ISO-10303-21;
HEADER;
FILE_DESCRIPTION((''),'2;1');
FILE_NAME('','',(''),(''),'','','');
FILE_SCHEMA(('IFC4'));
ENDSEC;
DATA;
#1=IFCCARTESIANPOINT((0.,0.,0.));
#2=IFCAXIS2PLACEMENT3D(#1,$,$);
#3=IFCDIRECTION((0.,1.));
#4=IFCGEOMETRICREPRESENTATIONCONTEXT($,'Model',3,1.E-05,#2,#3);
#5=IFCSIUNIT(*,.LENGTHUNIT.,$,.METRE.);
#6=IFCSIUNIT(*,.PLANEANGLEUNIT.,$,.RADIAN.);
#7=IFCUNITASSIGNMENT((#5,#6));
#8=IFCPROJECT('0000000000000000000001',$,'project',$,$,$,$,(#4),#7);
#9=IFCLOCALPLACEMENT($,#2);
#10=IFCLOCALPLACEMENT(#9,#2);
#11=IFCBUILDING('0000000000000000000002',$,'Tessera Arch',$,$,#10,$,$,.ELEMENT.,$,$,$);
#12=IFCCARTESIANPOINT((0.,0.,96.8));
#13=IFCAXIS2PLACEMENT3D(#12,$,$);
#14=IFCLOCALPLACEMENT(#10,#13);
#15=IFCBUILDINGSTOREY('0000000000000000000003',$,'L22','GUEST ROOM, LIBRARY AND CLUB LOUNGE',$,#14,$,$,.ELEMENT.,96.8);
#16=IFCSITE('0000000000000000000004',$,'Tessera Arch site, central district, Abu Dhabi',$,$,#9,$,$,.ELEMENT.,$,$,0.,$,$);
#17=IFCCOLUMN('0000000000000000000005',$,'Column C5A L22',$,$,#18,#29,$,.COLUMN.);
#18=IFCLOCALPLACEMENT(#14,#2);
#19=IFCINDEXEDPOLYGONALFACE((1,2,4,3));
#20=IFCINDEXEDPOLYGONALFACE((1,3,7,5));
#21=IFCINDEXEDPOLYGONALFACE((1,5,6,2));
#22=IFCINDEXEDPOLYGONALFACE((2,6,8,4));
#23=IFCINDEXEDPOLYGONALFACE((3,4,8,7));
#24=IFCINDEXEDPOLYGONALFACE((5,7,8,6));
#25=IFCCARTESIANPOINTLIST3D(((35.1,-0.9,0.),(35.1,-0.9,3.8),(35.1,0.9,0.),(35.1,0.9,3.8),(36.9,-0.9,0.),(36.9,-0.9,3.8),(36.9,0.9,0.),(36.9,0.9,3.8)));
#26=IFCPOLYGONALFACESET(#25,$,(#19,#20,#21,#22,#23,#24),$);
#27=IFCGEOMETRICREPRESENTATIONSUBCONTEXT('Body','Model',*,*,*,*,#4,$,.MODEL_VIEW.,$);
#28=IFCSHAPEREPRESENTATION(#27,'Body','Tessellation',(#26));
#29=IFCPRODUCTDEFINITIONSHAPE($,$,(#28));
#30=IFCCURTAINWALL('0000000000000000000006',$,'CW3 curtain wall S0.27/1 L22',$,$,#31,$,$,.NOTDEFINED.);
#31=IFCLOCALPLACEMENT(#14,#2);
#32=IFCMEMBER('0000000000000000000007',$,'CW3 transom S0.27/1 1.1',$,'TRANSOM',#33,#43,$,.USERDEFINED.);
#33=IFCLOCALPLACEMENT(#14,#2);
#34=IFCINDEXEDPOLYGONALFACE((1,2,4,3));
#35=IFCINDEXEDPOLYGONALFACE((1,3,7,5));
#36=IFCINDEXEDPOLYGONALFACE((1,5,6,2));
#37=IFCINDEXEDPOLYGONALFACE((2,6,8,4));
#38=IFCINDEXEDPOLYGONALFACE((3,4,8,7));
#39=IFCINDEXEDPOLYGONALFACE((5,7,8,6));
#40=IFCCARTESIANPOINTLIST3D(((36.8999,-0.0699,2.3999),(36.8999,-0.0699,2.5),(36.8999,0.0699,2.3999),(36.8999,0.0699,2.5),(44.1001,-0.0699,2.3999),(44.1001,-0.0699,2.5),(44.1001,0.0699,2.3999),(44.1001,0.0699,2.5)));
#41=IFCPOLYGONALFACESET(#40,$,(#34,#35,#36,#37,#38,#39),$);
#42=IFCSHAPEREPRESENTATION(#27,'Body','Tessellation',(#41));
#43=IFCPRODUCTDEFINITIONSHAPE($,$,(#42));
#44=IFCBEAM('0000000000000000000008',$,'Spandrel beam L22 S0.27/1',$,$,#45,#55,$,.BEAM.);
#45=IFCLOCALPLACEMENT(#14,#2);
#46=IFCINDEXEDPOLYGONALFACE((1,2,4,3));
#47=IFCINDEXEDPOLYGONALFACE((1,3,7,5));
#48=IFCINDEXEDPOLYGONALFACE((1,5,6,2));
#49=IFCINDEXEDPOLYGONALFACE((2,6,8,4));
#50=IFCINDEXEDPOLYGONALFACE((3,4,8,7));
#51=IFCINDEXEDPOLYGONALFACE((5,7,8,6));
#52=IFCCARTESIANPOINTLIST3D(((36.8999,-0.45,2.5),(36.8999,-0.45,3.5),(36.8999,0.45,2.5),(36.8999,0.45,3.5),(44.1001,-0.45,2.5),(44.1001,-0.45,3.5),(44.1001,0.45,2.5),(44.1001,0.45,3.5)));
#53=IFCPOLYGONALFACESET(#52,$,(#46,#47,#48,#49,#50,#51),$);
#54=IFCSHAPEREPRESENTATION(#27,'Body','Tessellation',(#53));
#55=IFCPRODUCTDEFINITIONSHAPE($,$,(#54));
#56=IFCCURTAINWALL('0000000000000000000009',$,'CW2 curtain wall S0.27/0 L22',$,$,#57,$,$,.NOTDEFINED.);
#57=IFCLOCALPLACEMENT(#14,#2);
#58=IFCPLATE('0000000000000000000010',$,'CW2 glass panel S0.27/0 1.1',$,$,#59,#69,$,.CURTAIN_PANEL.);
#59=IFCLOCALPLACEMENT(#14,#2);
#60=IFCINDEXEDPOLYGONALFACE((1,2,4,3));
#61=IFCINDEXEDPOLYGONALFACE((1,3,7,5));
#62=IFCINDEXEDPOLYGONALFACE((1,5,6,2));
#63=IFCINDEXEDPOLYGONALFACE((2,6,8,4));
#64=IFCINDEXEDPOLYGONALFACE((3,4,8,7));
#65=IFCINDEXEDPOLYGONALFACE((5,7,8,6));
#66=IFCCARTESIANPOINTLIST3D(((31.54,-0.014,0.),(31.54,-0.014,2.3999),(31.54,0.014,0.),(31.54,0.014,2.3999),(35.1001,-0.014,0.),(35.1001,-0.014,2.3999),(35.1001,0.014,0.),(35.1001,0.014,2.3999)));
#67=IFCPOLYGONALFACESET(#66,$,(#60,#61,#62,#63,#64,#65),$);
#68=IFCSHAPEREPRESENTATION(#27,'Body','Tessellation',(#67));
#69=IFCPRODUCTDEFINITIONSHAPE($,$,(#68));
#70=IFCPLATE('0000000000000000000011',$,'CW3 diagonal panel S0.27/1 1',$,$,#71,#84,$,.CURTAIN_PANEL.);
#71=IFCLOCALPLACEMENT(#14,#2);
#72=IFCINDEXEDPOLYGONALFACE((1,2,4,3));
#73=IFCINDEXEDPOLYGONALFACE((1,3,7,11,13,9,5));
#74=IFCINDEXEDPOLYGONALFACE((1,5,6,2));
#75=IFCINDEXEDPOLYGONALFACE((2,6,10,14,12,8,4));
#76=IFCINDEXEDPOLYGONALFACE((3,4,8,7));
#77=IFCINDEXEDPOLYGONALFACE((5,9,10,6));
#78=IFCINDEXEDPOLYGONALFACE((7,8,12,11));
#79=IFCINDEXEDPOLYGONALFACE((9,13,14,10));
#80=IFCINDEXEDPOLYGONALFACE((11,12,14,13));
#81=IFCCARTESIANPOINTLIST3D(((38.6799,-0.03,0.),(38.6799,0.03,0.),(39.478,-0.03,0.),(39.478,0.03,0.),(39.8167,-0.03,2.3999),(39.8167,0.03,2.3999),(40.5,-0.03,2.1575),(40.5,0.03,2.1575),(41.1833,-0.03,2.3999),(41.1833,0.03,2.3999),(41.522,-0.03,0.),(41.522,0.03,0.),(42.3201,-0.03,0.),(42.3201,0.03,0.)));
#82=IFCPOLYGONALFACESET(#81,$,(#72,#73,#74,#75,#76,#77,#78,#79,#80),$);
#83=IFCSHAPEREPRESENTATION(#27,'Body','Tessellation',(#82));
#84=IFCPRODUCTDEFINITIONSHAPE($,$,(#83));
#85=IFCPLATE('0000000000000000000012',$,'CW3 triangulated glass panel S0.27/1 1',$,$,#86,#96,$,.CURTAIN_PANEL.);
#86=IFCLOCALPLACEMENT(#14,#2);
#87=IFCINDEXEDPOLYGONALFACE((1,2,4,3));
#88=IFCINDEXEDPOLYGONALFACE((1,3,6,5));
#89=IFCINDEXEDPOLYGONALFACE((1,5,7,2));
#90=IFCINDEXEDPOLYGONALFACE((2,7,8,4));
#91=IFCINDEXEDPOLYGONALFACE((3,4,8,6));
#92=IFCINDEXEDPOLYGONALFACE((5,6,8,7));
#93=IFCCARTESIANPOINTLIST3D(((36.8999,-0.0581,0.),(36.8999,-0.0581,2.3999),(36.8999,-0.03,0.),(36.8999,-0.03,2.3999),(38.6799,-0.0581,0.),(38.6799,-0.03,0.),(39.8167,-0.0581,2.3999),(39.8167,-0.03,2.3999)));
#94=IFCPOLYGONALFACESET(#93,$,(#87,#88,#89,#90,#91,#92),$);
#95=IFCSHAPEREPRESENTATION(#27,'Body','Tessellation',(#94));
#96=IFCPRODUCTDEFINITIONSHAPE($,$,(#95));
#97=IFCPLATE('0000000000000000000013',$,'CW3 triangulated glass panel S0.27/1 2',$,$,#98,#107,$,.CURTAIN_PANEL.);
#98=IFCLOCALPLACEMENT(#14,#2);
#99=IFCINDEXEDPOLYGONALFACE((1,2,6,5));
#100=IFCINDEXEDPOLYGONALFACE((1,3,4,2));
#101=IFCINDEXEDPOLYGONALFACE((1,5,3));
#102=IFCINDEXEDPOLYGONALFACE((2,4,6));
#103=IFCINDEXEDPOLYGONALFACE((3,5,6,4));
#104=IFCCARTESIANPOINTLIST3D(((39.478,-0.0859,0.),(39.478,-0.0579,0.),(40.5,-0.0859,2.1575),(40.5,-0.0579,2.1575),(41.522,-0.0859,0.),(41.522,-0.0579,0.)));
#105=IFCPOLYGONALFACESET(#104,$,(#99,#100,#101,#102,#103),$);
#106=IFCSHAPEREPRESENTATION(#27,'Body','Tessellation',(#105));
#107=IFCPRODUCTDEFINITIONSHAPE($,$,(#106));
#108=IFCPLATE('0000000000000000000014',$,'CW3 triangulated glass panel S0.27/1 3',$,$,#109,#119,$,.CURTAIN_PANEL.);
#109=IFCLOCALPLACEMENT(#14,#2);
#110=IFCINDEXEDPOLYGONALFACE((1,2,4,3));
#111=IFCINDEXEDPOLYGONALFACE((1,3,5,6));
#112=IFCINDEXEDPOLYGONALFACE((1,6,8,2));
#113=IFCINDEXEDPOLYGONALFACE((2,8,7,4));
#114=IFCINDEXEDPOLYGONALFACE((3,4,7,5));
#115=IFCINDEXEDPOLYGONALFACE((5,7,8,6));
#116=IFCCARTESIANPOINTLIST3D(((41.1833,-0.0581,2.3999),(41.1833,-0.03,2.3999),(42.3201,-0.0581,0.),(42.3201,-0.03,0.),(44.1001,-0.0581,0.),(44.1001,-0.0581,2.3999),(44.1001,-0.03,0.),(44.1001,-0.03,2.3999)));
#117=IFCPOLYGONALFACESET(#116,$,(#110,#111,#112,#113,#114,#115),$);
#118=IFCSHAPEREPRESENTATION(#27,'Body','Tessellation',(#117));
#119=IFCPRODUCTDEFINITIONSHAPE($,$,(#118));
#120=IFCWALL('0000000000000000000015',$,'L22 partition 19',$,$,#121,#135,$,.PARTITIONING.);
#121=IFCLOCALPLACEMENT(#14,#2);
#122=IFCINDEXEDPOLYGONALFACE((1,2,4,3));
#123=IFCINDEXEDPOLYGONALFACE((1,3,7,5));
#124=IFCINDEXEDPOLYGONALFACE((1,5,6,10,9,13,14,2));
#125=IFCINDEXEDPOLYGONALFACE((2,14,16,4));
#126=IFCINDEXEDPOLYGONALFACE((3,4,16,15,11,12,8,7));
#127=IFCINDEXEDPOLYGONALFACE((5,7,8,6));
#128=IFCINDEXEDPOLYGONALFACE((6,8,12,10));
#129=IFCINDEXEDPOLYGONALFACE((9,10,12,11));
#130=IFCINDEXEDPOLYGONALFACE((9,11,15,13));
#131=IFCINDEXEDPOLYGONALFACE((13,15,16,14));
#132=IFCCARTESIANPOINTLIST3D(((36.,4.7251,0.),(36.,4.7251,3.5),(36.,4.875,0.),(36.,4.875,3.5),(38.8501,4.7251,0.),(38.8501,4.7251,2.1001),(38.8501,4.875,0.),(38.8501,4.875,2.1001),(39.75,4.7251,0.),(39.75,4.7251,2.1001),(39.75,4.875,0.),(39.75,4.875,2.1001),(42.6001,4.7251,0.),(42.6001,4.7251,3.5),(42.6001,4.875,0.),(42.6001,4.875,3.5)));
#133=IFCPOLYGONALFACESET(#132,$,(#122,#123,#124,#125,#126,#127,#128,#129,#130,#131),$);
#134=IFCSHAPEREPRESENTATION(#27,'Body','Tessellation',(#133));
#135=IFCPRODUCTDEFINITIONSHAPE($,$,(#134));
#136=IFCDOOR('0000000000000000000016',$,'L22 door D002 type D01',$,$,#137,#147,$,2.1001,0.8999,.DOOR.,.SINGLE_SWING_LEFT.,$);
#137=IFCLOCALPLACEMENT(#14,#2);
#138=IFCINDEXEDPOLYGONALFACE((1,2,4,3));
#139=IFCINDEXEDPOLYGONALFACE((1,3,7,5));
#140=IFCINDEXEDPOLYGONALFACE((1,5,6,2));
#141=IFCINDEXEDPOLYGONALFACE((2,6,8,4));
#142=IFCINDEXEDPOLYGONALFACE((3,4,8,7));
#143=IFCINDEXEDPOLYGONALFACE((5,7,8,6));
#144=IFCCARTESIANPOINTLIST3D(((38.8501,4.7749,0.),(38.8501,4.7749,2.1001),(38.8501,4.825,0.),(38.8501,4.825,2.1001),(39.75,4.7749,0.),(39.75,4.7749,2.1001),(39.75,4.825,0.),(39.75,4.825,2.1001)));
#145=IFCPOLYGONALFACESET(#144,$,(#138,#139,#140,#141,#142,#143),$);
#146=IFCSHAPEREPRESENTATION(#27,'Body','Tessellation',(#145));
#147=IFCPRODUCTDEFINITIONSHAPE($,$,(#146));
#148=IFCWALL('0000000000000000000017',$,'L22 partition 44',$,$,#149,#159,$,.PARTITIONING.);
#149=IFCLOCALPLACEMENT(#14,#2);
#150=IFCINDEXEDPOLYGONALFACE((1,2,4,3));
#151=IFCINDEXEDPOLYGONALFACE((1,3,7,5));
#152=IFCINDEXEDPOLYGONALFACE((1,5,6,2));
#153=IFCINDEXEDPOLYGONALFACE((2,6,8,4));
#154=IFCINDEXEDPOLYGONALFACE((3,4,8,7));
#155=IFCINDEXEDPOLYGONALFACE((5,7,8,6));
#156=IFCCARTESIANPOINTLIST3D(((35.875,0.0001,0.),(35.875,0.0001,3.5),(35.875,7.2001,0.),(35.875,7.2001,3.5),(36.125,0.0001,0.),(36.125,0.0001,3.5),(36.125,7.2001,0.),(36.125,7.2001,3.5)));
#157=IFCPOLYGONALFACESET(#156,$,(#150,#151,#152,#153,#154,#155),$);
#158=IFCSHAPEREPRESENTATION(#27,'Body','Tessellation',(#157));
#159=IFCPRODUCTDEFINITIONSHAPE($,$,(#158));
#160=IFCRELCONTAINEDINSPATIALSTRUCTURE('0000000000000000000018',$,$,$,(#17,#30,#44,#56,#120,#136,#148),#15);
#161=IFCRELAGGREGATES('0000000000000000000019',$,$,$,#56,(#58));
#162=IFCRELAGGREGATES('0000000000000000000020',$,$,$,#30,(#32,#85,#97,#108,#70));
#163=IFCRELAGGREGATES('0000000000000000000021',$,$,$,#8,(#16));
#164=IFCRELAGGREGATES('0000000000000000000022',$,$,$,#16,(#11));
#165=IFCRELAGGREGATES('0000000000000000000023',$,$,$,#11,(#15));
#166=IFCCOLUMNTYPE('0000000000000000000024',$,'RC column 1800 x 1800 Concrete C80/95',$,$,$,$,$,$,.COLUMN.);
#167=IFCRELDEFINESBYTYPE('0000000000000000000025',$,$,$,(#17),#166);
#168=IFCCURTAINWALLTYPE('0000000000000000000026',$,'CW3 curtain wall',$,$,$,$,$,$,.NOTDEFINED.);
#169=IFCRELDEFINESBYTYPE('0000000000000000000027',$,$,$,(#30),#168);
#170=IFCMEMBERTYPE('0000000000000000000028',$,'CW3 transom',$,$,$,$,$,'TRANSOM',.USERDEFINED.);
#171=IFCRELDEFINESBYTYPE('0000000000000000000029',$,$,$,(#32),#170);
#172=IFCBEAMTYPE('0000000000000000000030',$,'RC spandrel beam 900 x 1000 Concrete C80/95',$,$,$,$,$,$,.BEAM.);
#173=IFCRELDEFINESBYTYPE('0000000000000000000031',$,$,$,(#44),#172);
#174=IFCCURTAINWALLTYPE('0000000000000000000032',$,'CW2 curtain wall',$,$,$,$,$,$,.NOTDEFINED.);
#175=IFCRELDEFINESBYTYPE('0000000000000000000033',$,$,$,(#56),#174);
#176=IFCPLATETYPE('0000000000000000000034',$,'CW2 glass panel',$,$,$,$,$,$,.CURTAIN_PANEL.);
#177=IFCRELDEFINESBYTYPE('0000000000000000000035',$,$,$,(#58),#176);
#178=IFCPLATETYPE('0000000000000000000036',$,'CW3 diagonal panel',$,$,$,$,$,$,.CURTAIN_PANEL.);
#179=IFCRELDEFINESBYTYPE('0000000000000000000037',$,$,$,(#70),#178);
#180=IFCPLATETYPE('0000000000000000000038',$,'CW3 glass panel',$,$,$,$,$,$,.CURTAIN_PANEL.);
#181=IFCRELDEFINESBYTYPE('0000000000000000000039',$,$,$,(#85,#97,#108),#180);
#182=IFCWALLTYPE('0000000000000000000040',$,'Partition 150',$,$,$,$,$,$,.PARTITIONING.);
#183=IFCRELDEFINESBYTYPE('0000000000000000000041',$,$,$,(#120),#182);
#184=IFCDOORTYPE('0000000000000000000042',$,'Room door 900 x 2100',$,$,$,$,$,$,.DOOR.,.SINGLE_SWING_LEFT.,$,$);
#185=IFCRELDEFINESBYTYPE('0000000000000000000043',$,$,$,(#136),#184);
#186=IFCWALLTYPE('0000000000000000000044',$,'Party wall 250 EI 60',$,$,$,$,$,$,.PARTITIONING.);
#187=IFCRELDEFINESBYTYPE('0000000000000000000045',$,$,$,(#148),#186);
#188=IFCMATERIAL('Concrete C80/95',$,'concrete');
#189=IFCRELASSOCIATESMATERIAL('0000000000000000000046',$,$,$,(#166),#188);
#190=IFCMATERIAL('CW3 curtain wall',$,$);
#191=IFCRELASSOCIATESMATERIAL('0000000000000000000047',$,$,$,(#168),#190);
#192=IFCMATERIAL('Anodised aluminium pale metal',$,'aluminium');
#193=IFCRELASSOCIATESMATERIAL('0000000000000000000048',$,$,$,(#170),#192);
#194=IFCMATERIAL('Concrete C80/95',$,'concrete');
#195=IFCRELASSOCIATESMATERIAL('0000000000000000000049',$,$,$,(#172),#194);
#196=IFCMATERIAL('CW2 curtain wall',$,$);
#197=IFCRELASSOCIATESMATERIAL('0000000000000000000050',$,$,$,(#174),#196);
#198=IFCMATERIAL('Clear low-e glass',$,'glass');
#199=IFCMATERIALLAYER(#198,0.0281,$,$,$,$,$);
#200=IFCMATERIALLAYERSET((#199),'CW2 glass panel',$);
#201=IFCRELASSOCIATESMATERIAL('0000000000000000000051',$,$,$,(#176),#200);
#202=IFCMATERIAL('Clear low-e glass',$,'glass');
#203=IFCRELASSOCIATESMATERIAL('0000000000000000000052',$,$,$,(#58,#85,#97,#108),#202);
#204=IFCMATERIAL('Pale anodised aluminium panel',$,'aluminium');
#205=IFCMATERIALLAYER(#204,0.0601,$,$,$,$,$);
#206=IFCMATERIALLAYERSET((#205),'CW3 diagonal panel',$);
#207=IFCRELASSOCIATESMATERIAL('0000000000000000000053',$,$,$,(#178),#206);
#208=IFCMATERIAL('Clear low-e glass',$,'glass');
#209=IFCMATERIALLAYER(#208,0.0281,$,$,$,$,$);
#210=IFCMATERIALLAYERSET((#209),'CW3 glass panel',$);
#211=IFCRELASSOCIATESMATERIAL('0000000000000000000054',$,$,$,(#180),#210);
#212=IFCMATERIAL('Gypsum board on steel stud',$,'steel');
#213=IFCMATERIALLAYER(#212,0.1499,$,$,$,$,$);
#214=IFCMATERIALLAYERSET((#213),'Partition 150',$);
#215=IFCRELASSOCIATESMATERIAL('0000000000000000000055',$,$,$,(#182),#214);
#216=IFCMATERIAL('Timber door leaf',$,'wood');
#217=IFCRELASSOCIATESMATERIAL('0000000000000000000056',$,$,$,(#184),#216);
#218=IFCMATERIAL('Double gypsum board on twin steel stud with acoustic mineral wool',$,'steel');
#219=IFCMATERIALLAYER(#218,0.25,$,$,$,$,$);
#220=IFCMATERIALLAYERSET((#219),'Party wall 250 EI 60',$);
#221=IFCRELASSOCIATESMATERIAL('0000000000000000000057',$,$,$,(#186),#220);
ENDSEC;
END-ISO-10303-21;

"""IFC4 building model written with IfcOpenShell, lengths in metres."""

from ifc_helpers import new_model, si_unit, direction, frame, frame_2d, origin, origin_2d, place, context, subcontext, project, spatial, polyline, rectangle, outline, extrude, material, layer, layer_set, material_profile, profile_set, type_object, element, fill, aggregate, save


model = new_model("IFC4")

# Units and contexts
model_context = context("Model", 3, precision=1e-05, world=origin(), true_north=direction((0.0, 1.0)))
body_context = subcontext(model_context, "Body", "Model", "MODEL_VIEW")
ifc_project = project(units=[si_unit("LENGTHUNIT", "METRE"), si_unit("PLANEANGLEUNIT", "RADIAN")], contexts=[model_context])

# Site, building, storey
site_placement = place(None, origin())
site = spatial("IfcSite", under=ifc_project, at=site_placement, Name="Tessera Arch site, central district, Abu Dhabi", CompositionType="ELEMENT", RefElevation=0.0)
building_placement = place(site_placement, origin())
building = spatial("IfcBuilding", under=site, at=building_placement, Name="Tessera Arch", CompositionType="ELEMENT")
storey_placement = place(building_placement, frame((0.0, 0.0, 96.8)))
storey = spatial("IfcBuildingStorey", under=building, at=storey_placement, Name="L22", Description="GUEST ROOM, LIBRARY AND CLUB LOUNGE", CompositionType="ELEMENT", Elevation=96.8)

# Column
ifc_material_1 = material(Name="Concrete C80/95", Category="concrete")
ifc_material_profile_1 = material_profile(ifc_material_1, rectangle(XDim=1.8, YDim=1.8, at=origin_2d()), Name="RC column 1800 x 1800 Concrete C80/95")
ifc_profile_set_1 = profile_set([ifc_material_profile_1], Name="Concrete C80/95")
column_type = type_object("IfcColumnType", Name="RC column 1800 x 1800 Concrete C80/95", PredefinedType="COLUMN", material=ifc_profile_set_1)
column_placement = place(storey_placement, frame((36.0, 0.0, 0.0), z_axis=(0.0, 0.0, 1.0), x_axis=(1.0, 0.0, 0.0)))
element("IfcColumn", 1, at=column_placement, inside=storey, type_object=column_type, Name="Column C5A L22", PredefinedType="COLUMN", context=body_context, shape_type="SweptSolid", body=[
    extrude(rectangle(XDim=1.8, YDim=1.8, at=origin_2d()), origin(), (0.0, 0.0, 1.0), 3.8),
])

# Curtain wall, member
ifc_material_2 = material(Name="CW3 curtain wall")
curtain_wall_type_1 = type_object("IfcCurtainWallType", Name="CW3 curtain wall", PredefinedType="NOTDEFINED", material=ifc_material_2)
curtain_wall_1_placement = place(storey_placement, origin())
curtain_wall_1 = element("IfcCurtainWall", 2, at=curtain_wall_1_placement, inside=storey, type_object=curtain_wall_type_1, Name="CW3 curtain wall S0.27/1 L22", PredefinedType="NOTDEFINED")
ifc_material_3 = material(Name="Anodised aluminium pale metal", Category="aluminium")
ifc_material_profile_2 = material_profile(ifc_material_3, rectangle(XDim=0.1399, YDim=0.1001, at=origin_2d()), Name="AL 140x100")
ifc_profile_set_2 = profile_set([ifc_material_profile_2], Name="Anodised aluminium pale metal")
member_type = type_object("IfcMemberType", Name="CW3 transom", ElementType="TRANSOM", PredefinedType="USERDEFINED", material=ifc_profile_set_2)
member_placement = place(storey_placement, frame((36.8999, 0.0, 2.45), z_axis=(1.0, 0.0, 0.0), x_axis=(0.0, 1.0, 0.0)))
member = element("IfcMember", 3, at=member_placement, type_object=member_type, Name="CW3 transom S0.27/1 1.1", ObjectType="TRANSOM", PredefinedType="USERDEFINED", context=body_context, shape_type="SweptSolid", body=[
    extrude(rectangle(XDim=0.1399, YDim=0.1001, at=origin_2d()), origin(), (0.0, 0.0, 1.0), 7.2002),
])

# Beam
ifc_material_4 = material(Name="Concrete C80/95", Category="concrete")
ifc_material_profile_3 = material_profile(ifc_material_4, rectangle(XDim=0.8999, YDim=1.0, at=origin_2d()), Name="RC spandrel beam 900 x 1000 Concrete C80/95")
ifc_profile_set_3 = profile_set([ifc_material_profile_3], Name="Concrete C80/95")
beam_type = type_object("IfcBeamType", Name="RC spandrel beam 900 x 1000 Concrete C80/95", PredefinedType="BEAM", material=ifc_profile_set_3)
beam_placement = place(storey_placement, frame((36.8999, 0.0, 3.0), z_axis=(1.0, 0.0, 0.0), x_axis=(0.0, 1.0, 0.0)))
element("IfcBeam", 4, at=beam_placement, inside=storey, type_object=beam_type, Name="Spandrel beam L22 S0.27/1", PredefinedType="BEAM", context=body_context, shape_type="SweptSolid", body=[
    extrude(rectangle(XDim=0.8999, YDim=1.0, at=origin_2d()), origin(), (0.0, 0.0, 1.0), 7.2002),
])

# Curtain wall, plate
ifc_material_5 = material(Name="CW2 curtain wall")
curtain_wall_type_2 = type_object("IfcCurtainWallType", Name="CW2 curtain wall", PredefinedType="NOTDEFINED", material=ifc_material_5)
curtain_wall_2_placement = place(storey_placement, origin())
curtain_wall_2 = element("IfcCurtainWall", 5, at=curtain_wall_2_placement, inside=storey, type_object=curtain_wall_type_2, Name="CW2 curtain wall S0.27/0 L22", PredefinedType="NOTDEFINED")
ifc_material_6 = material(Name="Clear low-e glass", Category="glass")
ifc_material_7 = material(Name="Clear low-e glass", Category="glass")
ifc_layer_1 = layer(ifc_material_7, 0.0281)
ifc_layer_set_1 = layer_set([ifc_layer_1], Name="CW2 glass panel")
plate_type_1 = type_object("IfcPlateType", Name="CW2 glass panel", PredefinedType="CURTAIN_PANEL", material=ifc_layer_set_1)
plate_1_placement = place(storey_placement, frame((33.3201, 0.0, 0.0), z_axis=(0.0, 0.0, 1.0), x_axis=(1.0, 0.0, 0.0)))
plate_1 = element("IfcPlate", 6, at=plate_1_placement, type_object=plate_type_1, material=ifc_material_6, Name="CW2 glass panel S0.27/0 1.1", PredefinedType="CURTAIN_PANEL", context=body_context, shape_type="SweptSolid", body=[
    extrude(rectangle(XDim=3.5601, YDim=0.0281, at=origin_2d()), origin(), (0.0, 0.0, 1.0), 2.3999),
])
aggregate(curtain_wall_2, [plate_1])

# Plates
ifc_material_8 = material(Name="Pale anodised aluminium panel", Category="aluminium")
ifc_layer_2 = layer(ifc_material_8, 0.0601)
ifc_layer_set_2 = layer_set([ifc_layer_2], Name="CW3 diagonal panel")
plate_type_2 = type_object("IfcPlateType", Name="CW3 diagonal panel", PredefinedType="CURTAIN_PANEL", material=ifc_layer_set_2)
plate_2_placement = place(storey_placement, frame((41.1833, -0.03, 2.3999), z_axis=(0.0, -1.0, 0.0), x_axis=(-1.0, 0.0, 0.0)))
plate_2 = element("IfcPlate", 7, at=plate_2_placement, type_object=plate_type_2, Name="CW3 diagonal panel S0.27/1 1", PredefinedType="CURTAIN_PANEL", context=body_context, shape_type="SweptSolid", body=[
    extrude(outline(polyline([(0.0, 0.0), (1.3667, 0.0), (2.5034, 2.3999), (1.7053, 2.3999), (0.6833, 0.2424), (-0.3386, 2.3999), (-1.1367, 2.3999), (0.0, 0.0)])), origin(), (0.0, 0.0, -1.0), 0.0601),
])
ifc_material_9 = material(Name="Clear low-e glass", Category="glass")
ifc_layer_3 = layer(ifc_material_9, 0.0281)
ifc_layer_set_3 = layer_set([ifc_layer_3], Name="CW3 glass panel")
plate_type_3 = type_object("IfcPlateType", Name="CW3 glass panel", PredefinedType="CURTAIN_PANEL", material=ifc_layer_set_3)
plate_3_placement = place(storey_placement, frame((36.8999, -0.0581, 0.0), z_axis=(0.0, -1.0, 0.0), x_axis=(1.0, 0.0, 0.0)))
plate_3 = element("IfcPlate", 8, at=plate_3_placement, type_object=plate_type_3, material=ifc_material_6, Name="CW3 triangulated glass panel S0.27/1 1", PredefinedType="CURTAIN_PANEL", context=body_context, shape_type="SweptSolid", body=[
    extrude(outline(polyline([(0.0, 0.0), (1.78, 0.0), (2.9167, 2.3999), (0.0, 2.3999), (0.0, 0.0)])), origin(), (0.0, 0.0, -1.0), 0.0281),
])
plate_4_placement = place(storey_placement, frame((39.478, -0.0859, 0.0), z_axis=(0.0, -1.0, 0.0), x_axis=(1.0, 0.0, 0.0)))
plate_4 = element("IfcPlate", 9, at=plate_4_placement, type_object=plate_type_3, material=ifc_material_6, Name="CW3 triangulated glass panel S0.27/1 2", PredefinedType="CURTAIN_PANEL", context=body_context, shape_type="SweptSolid", body=[
    extrude(outline(polyline([(0.0, 0.0), (2.0439, 0.0), (1.022, 2.1575), (0.0, 0.0)])), origin(), (0.0, 0.0, -1.0), 0.0281),
])
plate_5_placement = place(storey_placement, frame((44.1001, -0.0581, 2.3999), z_axis=(0.0, -1.0, 0.0), x_axis=(-1.0, 0.0, 0.0)))
plate_5 = element("IfcPlate", 10, at=plate_5_placement, type_object=plate_type_3, material=ifc_material_6, Name="CW3 triangulated glass panel S0.27/1 3", PredefinedType="CURTAIN_PANEL", context=body_context, shape_type="SweptSolid", body=[
    extrude(outline(polyline([(0.0, 0.0), (2.9167, 0.0), (1.78, 2.3999), (0.0, 2.3999), (0.0, 0.0)])), origin(), (0.0, 0.0, -1.0), 0.0281),
])

# Wall, opening, door
ifc_material_10 = material(Name="Gypsum board on steel stud", Category="steel")
ifc_layer_4 = layer(ifc_material_10, 0.1499)
ifc_layer_set_4 = layer_set([ifc_layer_4], Name="Partition 150")
wall_type_1 = type_object("IfcWallType", Name="Partition 150", PredefinedType="PARTITIONING", material=ifc_layer_set_4)
wall_1_placement = place(storey_placement, frame((36.0, 4.8, 0.0), z_axis=(0.0, 0.0, 1.0), x_axis=(1.0, 0.0, 0.0)))
wall_1 = element("IfcWall", 11, at=wall_1_placement, inside=storey, type_object=wall_type_1, Name="L22 partition 19", PredefinedType="PARTITIONING", context=body_context, shape_type="SweptSolid", body=[
    extrude(rectangle(XDim=6.6001, YDim=0.1499, at=frame_2d((3.3, 0.0))), origin(), (0.0, 0.0, 1.0), 3.5),
])
opening_1_placement = place(wall_1_placement, frame((2.8501, 0.0, 0.0)))
opening_1 = element("IfcOpeningElement", 12, at=opening_1_placement, cuts=wall_1, PredefinedType="OPENING", context=body_context, shape_type="SweptSolid", body=[
    extrude(rectangle(XDim=0.8999, YDim=2.1001, at=frame_2d((0.45, 1.05))), frame((0.0, 0.085, 0.0), z_axis=(0.0, -1.0, 0.0), x_axis=(1.0, 0.0, 0.0)), (0.0, 0.0, 1.0), 0.1699),
])
ifc_material_11 = material(Name="Timber door leaf", Category="wood")
door_type_1 = type_object("IfcDoorType", Name="Room door 900 x 2100", OperationType="SINGLE_SWING_LEFT", PredefinedType="DOOR", material=ifc_material_11)
door_1_placement = place(opening_1_placement, origin())
door_1 = element("IfcDoor", 13, at=door_1_placement, inside=storey, type_object=door_type_1, Name="L22 door D002 type D01", OperationType="SINGLE_SWING_LEFT", OverallHeight=2.1001, OverallWidth=0.8999, PredefinedType="DOOR", context=body_context, shape_type="SweptSolid", body=[
    extrude(rectangle(XDim=0.8999, YDim=2.1001, at=frame_2d((0.45, 1.05))), frame((0.0, 0.0249, 0.0), z_axis=(0.0, -1.0, 0.0), x_axis=(1.0, 0.0, 0.0)), (0.0, 0.0, 1.0), 0.05),
])
fill(opening_1, door_1)

# Wall
ifc_material_12 = material(Name="Double gypsum board on twin steel stud with acoustic mineral wool", Category="steel")
ifc_layer_5 = layer(ifc_material_12, 0.25)
ifc_layer_set_5 = layer_set([ifc_layer_5], Name="Party wall 250 EI 60")
wall_type_2 = type_object("IfcWallType", Name="Party wall 250 EI 60", PredefinedType="PARTITIONING", material=ifc_layer_set_5)
wall_2_placement = place(storey_placement, frame((36.0, 0.0, 0.0), z_axis=(0.0, 0.0, 1.0), x_axis=(0.0, 1.0, 0.0)))
element("IfcWall", 14, at=wall_2_placement, inside=storey, type_object=wall_type_2, Name="L22 partition 44", PredefinedType="PARTITIONING", context=body_context, shape_type="SweptSolid", body=[
    extrude(rectangle(XDim=7.2, YDim=0.25, at=frame_2d((3.6001, 0.0))), origin(), (0.0, 0.0, 1.0), 3.5),
])

aggregate(curtain_wall_1, [member, plate_3, plate_4, plate_5, plate_2])

save(model, "model.ifc")
